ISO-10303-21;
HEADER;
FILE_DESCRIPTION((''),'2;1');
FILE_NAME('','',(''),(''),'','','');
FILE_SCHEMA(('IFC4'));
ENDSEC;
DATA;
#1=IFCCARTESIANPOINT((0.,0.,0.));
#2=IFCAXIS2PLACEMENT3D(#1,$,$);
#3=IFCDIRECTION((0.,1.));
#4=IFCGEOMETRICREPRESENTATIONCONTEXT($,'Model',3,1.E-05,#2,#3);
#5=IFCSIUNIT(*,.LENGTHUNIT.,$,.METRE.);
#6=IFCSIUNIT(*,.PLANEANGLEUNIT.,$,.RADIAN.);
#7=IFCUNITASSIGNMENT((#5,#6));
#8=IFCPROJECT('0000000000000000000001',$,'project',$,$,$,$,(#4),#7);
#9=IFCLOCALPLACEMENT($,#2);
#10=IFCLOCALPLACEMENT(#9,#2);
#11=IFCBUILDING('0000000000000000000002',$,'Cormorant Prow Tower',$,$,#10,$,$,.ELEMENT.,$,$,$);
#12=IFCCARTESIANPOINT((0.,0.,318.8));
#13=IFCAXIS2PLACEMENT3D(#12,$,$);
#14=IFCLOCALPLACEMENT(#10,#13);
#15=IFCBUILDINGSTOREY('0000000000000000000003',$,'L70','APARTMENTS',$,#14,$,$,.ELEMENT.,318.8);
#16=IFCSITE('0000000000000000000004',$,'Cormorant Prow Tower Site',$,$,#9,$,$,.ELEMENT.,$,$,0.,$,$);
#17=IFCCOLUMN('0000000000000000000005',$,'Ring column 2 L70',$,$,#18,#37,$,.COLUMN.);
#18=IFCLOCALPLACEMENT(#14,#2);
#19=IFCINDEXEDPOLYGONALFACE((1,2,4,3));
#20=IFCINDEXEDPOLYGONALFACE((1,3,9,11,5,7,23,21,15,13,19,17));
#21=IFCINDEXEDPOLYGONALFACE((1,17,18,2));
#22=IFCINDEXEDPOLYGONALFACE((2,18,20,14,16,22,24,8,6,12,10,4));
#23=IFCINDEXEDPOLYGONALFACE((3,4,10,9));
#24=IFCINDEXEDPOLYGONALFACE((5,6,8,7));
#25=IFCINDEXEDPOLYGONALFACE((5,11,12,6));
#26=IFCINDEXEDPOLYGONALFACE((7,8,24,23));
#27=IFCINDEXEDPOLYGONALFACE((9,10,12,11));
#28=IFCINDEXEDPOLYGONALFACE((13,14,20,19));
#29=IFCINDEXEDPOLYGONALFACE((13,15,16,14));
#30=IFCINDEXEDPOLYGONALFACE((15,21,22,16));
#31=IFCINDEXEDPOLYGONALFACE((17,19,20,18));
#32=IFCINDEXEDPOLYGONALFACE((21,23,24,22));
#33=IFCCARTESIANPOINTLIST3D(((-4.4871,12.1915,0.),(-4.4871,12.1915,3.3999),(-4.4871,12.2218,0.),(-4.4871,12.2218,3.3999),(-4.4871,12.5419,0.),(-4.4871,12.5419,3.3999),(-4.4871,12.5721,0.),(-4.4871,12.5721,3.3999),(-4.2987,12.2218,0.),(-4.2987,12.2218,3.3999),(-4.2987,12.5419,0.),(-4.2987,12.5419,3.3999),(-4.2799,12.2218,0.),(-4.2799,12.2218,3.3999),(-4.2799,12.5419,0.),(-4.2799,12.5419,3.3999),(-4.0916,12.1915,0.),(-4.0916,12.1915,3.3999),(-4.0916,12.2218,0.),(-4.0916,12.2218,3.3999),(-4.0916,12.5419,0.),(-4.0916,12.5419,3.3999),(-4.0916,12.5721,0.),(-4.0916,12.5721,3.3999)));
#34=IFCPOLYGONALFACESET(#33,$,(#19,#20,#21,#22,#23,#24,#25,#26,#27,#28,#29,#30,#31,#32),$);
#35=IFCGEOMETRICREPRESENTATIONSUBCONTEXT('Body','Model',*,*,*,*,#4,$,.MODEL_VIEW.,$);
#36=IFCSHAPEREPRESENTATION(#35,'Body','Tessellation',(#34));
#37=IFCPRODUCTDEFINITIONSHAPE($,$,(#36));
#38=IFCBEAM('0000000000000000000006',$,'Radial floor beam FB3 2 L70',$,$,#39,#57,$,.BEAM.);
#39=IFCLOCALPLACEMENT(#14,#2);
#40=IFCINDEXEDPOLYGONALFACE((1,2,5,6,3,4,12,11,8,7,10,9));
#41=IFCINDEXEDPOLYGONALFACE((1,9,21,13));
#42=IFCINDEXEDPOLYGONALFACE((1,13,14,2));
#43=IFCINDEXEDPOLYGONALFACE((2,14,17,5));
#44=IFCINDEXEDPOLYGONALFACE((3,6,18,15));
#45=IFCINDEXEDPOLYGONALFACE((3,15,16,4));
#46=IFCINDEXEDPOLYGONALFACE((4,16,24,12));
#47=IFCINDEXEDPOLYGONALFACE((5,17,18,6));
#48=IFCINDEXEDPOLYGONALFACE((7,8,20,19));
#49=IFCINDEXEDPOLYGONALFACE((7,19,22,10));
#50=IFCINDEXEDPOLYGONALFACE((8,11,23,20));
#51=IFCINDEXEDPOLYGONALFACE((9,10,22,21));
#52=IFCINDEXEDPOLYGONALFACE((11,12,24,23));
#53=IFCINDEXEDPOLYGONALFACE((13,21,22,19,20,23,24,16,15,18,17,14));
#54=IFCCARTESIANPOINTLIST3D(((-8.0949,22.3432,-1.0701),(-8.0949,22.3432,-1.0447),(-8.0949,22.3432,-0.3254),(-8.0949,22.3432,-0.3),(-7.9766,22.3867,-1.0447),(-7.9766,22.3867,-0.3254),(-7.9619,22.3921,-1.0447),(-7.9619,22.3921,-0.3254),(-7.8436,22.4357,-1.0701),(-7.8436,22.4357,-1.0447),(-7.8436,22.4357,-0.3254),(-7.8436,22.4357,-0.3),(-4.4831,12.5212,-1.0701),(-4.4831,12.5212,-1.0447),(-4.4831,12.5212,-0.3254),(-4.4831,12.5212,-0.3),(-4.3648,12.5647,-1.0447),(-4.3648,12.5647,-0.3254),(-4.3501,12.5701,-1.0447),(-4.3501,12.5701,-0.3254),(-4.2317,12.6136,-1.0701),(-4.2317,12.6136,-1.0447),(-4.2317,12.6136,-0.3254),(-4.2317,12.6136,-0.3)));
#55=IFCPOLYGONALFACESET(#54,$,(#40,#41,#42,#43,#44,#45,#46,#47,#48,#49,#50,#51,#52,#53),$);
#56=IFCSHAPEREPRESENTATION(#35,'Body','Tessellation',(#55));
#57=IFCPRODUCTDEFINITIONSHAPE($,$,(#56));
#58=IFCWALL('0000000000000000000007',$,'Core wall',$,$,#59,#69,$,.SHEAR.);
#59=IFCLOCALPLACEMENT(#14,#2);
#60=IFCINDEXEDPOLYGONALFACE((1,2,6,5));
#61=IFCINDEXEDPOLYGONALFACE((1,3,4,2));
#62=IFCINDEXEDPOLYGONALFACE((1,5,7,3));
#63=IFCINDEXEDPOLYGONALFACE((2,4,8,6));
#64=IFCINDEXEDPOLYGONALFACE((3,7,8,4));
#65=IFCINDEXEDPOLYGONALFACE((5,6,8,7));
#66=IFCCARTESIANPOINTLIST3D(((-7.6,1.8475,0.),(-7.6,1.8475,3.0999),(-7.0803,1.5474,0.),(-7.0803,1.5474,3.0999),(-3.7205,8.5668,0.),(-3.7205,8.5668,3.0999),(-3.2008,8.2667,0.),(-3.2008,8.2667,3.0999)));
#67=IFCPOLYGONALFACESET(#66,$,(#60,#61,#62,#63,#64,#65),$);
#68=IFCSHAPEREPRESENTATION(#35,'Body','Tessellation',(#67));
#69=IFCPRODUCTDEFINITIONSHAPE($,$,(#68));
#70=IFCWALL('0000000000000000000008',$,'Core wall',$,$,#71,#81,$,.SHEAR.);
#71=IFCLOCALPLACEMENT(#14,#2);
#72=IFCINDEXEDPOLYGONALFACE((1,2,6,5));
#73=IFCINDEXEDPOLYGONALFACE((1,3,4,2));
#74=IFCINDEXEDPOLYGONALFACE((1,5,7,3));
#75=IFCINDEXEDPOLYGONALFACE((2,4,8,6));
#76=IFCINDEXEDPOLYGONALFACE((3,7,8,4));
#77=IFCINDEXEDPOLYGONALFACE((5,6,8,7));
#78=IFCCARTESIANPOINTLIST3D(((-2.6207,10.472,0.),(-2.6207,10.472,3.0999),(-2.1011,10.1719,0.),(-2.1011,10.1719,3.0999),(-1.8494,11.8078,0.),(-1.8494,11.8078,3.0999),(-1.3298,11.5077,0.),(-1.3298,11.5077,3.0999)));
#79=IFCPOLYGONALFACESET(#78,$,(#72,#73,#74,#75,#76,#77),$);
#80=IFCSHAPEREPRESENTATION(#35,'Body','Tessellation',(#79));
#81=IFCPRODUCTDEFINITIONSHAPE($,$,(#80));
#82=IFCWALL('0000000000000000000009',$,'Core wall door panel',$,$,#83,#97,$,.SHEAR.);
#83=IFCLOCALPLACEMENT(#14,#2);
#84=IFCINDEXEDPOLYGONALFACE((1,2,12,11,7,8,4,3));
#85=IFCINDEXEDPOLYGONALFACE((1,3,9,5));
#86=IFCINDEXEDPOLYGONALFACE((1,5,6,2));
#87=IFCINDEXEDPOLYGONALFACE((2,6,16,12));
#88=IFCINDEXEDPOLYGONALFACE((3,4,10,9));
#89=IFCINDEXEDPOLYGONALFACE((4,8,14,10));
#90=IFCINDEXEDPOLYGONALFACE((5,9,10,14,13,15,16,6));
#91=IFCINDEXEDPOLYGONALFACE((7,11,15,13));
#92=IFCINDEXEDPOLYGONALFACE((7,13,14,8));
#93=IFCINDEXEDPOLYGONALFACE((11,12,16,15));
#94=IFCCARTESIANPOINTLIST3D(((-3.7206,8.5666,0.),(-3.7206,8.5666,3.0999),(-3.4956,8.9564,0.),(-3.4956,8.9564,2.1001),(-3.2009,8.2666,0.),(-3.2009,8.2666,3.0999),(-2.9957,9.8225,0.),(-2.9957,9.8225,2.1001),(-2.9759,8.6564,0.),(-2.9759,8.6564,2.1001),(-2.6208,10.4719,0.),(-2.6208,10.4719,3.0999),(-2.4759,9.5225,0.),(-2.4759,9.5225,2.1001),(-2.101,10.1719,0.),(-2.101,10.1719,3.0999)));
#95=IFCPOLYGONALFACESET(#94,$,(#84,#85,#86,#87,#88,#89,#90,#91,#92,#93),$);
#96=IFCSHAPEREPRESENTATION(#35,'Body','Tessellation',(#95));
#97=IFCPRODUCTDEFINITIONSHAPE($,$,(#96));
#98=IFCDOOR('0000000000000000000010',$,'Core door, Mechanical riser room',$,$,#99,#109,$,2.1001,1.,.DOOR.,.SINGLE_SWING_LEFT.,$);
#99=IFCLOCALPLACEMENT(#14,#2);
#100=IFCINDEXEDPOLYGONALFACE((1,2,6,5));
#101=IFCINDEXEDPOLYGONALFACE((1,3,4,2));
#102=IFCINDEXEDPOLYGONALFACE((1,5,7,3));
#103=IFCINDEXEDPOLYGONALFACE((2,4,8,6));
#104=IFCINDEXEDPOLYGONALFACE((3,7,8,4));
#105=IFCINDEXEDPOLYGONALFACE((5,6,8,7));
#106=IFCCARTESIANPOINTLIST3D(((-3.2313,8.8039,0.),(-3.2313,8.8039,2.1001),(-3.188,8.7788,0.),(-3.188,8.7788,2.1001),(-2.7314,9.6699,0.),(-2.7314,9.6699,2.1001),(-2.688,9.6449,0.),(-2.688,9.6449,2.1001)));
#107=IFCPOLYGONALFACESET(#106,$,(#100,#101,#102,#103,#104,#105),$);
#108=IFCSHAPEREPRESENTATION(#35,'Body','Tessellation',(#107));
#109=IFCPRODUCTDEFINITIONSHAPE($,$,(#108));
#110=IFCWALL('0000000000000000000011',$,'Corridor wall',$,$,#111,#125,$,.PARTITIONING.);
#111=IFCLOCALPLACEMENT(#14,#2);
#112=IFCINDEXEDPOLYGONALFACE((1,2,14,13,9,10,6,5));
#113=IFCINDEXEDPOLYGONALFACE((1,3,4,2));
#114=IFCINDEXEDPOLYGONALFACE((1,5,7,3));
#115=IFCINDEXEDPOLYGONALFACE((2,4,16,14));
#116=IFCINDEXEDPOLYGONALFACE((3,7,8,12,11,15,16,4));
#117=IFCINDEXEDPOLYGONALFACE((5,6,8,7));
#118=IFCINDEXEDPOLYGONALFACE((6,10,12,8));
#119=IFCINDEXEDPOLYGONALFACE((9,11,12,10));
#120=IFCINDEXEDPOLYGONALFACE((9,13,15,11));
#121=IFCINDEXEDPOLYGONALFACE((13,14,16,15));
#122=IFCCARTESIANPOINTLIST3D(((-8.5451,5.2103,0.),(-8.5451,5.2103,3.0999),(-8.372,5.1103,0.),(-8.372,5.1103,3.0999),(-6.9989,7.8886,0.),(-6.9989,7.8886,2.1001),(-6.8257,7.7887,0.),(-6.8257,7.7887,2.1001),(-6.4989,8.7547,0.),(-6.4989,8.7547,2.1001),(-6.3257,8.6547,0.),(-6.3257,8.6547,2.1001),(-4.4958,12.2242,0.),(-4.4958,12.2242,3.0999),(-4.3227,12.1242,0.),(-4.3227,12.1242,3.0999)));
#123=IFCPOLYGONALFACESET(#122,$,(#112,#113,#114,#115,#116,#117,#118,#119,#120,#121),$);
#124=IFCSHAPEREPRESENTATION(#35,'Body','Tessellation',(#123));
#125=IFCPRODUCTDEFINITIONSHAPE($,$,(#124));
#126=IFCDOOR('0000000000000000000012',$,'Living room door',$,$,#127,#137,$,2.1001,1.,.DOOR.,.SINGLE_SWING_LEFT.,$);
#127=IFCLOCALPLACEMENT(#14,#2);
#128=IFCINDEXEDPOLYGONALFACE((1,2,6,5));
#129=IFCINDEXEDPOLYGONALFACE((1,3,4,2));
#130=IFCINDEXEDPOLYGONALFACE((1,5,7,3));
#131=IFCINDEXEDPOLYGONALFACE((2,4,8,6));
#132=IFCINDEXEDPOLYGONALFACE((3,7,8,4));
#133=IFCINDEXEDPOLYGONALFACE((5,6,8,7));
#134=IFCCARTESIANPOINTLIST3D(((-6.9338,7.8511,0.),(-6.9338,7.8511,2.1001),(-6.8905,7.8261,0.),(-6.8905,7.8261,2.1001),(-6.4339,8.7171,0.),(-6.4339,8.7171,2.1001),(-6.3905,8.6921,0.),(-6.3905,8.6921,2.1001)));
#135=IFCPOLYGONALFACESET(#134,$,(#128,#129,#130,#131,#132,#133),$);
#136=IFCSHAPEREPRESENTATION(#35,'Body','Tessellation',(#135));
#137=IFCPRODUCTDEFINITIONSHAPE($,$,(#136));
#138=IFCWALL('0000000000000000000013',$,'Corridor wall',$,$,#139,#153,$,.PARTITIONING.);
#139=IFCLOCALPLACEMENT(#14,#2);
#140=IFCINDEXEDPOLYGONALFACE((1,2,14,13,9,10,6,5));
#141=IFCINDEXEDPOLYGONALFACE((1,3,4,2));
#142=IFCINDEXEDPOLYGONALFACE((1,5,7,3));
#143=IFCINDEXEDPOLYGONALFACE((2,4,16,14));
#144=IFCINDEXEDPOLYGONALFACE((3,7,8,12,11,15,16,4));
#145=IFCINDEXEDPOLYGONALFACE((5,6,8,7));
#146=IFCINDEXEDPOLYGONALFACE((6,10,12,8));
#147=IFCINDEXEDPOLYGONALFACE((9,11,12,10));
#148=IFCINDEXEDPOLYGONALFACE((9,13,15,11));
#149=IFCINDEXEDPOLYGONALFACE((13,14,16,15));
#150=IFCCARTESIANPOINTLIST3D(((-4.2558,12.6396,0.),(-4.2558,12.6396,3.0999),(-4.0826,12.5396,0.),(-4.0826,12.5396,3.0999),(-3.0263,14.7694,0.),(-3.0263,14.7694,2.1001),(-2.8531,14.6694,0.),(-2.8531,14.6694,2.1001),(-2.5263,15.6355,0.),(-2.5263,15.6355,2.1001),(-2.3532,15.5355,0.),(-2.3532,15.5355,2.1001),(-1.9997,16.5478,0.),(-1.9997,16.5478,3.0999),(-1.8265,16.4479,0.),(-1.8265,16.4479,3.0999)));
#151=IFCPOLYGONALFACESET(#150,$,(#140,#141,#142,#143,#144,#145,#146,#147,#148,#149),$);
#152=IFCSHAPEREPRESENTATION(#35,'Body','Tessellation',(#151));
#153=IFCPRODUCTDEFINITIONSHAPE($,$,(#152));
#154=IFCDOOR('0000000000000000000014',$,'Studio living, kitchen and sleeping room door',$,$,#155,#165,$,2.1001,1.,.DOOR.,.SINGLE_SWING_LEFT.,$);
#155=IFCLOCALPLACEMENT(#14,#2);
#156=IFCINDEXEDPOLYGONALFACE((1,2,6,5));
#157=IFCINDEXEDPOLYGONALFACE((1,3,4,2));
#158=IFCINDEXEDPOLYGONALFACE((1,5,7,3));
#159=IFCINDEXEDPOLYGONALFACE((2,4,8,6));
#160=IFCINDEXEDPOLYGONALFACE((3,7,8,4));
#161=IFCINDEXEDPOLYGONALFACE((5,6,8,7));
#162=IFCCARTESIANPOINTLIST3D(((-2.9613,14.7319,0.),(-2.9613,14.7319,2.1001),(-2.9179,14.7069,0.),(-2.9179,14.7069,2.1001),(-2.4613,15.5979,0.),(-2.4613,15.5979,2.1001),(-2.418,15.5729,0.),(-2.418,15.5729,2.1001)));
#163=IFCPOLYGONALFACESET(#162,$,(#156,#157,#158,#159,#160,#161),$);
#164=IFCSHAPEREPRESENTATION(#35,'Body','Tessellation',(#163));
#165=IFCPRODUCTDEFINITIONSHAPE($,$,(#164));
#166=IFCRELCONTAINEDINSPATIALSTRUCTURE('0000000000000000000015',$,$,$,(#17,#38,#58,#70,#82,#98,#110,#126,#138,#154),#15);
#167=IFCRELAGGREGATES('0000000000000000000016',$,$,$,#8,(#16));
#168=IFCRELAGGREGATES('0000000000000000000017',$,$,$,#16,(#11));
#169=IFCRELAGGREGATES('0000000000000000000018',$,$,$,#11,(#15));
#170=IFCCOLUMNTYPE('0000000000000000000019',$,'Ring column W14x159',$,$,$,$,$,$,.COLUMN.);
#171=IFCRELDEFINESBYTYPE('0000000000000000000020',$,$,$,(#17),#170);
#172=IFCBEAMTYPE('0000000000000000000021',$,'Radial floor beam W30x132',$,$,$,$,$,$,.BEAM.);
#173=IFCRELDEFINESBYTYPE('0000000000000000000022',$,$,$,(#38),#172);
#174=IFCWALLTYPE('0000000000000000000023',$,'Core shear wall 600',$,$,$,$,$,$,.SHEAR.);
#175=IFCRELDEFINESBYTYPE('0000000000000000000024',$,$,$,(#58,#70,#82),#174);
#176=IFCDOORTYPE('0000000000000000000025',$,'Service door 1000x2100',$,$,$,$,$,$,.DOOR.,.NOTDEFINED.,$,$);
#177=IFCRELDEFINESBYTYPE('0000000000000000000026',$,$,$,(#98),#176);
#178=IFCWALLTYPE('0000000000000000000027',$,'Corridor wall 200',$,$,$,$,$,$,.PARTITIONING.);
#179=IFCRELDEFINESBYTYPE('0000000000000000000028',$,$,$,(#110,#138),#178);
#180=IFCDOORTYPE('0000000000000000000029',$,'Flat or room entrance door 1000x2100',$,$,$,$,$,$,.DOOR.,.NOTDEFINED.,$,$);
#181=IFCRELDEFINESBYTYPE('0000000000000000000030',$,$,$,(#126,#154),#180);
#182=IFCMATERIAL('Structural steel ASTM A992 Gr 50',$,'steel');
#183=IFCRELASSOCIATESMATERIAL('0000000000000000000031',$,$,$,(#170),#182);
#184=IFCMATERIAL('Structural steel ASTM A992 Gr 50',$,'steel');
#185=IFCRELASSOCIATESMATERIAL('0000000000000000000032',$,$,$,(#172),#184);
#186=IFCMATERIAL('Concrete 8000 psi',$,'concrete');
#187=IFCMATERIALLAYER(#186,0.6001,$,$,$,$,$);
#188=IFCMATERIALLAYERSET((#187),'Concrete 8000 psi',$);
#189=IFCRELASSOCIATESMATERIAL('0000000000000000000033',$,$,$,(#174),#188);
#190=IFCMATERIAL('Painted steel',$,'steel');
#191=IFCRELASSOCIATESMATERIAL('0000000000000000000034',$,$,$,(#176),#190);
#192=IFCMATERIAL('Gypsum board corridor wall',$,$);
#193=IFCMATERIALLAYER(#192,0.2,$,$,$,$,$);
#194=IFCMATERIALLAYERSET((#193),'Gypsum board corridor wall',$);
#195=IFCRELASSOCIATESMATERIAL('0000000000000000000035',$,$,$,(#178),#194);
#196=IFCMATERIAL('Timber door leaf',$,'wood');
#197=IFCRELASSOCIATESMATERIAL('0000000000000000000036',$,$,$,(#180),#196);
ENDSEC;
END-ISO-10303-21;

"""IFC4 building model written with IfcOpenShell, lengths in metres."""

from ifc_helpers import new_model, si_unit, direction, frame, frame_2d, origin, origin_2d, place, context, subcontext, project, spatial, rectangle, i_section, extrude, material, layer, layer_set, material_profile, profile_set, type_object, element, fill, save


model = new_model("IFC4")

# Units and contexts
model_context = context("Model", 3, precision=1e-05, world=origin(), true_north=direction((0.0, 1.0)))
body_context = subcontext(model_context, "Body", "Model", "MODEL_VIEW")
ifc_project = project(units=[si_unit("LENGTHUNIT", "METRE"), si_unit("PLANEANGLEUNIT", "RADIAN")], contexts=[model_context])

# Site, building, storey
site_placement = place(None, origin())
site = spatial("IfcSite", under=ifc_project, at=site_placement, Name="Cormorant Prow Tower Site", CompositionType="ELEMENT", RefElevation=0.0)
building_placement = place(site_placement, origin())
building = spatial("IfcBuilding", under=site, at=building_placement, Name="Cormorant Prow Tower", CompositionType="ELEMENT")
storey_placement = place(building_placement, frame((0.0, 0.0, 318.8)))
storey = spatial("IfcBuildingStorey", under=building, at=storey_placement, Name="L70", Description="APARTMENTS", CompositionType="ELEMENT", Elevation=318.8)

# Column
ifc_material_1 = material(Name="Structural steel ASTM A992 Gr 50", Category="steel")
ifc_material_profile_1 = material_profile(ifc_material_1, i_section(OverallWidth=0.3955, OverallDepth=0.3806, WebThickness=0.0188, FlangeThickness=0.0303, at=origin_2d()), Name="W14x159")
ifc_profile_set_1 = profile_set([ifc_material_profile_1], Name="Structural steel ASTM A992 Gr 50")
column_type = type_object("IfcColumnType", Name="Ring column W14x159", PredefinedType="COLUMN", material=ifc_profile_set_1)
column_placement = place(storey_placement, frame((-4.2893, 12.3818, 0.0), z_axis=(0.0, 0.0, 1.0), x_axis=(1.0, 0.0, 0.0)))
element("IfcColumn", 1, at=column_placement, inside=storey, type_object=column_type, Name="Ring column 2 L70", PredefinedType="COLUMN", context=body_context, shape_type="SweptSolid", body=[
    extrude(i_section(OverallWidth=0.3955, OverallDepth=0.3806, WebThickness=0.0188, FlangeThickness=0.0303, at=origin_2d()), origin(), (0.0, 0.0, 1.0), 3.3999),
])

# Beam
ifc_material_2 = material(Name="Structural steel ASTM A992 Gr 50", Category="steel")
ifc_material_profile_2 = material_profile(ifc_material_2, i_section(OverallWidth=0.2678, OverallDepth=0.77, WebThickness=0.0156, FlangeThickness=0.0254, at=origin_2d()), Name="W30x132")
ifc_profile_set_2 = profile_set([ifc_material_profile_2], Name="Structural steel ASTM A992 Gr 50")
beam_type = type_object("IfcBeamType", Name="Radial floor beam W30x132", PredefinedType="BEAM", material=ifc_profile_set_2)
beam_placement = place(storey_placement, frame((-4.3574, 12.5674, -0.6851), z_axis=(-0.345131, 0.938554, 0.0), x_axis=(-0.938554, -0.345131, 0.0)))
element("IfcBeam", 2, at=beam_placement, inside=storey, type_object=beam_type, Name="Radial floor beam FB3 2 L70", PredefinedType="BEAM", context=body_context, shape_type="SweptSolid", body=[
    extrude(i_section(OverallWidth=0.2678, OverallDepth=0.77, WebThickness=0.0156, FlangeThickness=0.0254, at=origin_2d()), origin(), (0.0, 0.0, 1.0), 10.4651),
])

# Walls
ifc_material_3 = material(Name="Concrete 8000 psi", Category="concrete")
ifc_layer_1 = layer(ifc_material_3, 0.6001)
ifc_layer_set_1 = layer_set([ifc_layer_1], Name="Concrete 8000 psi")
wall_type_1 = type_object("IfcWallType", Name="Core shear wall 600", PredefinedType="SHEAR", material=ifc_layer_set_1)
wall_1_placement = place(storey_placement, frame((-3.4607, 8.4167, 0.0), z_axis=(0.0, 0.0, 1.0), x_axis=(-0.500004, -0.866023, 0.0)))
element("IfcWall", 3, at=wall_1_placement, inside=storey, type_object=wall_type_1, Name="Core wall", PredefinedType="SHEAR", context=body_context, shape_type="SweptSolid", body=[
    extrude(rectangle(XDim=7.7588, YDim=0.6001, at=frame_2d((3.8794, 0.0))), origin(), (0.0, 0.0, 1.0), 3.0999),
])
wall_2_placement = place(storey_placement, frame((-1.5896, 11.6577, 0.0), z_axis=(0.0, 0.0, 1.0), x_axis=(-0.500038, -0.866004, 0.0)))
element("IfcWall", 4, at=wall_2_placement, inside=storey, type_object=wall_type_1, Name="Core wall", PredefinedType="SHEAR", context=body_context, shape_type="SweptSolid", body=[
    extrude(rectangle(XDim=1.5425, YDim=0.6001, at=frame_2d((0.7712, 0.0))), origin(), (0.0, 0.0, 1.0), 3.0999),
])

# Walls, openings, doors
wall_3_placement = place(storey_placement, frame((-2.3608, 10.322, 0.0), z_axis=(0.0, 0.0, 1.0), x_axis=(-0.499947, -0.866056, 0.0)))
wall_3 = element("IfcWall", 5, at=wall_3_placement, inside=storey, type_object=wall_type_1, Name="Core wall door panel", PredefinedType="SHEAR", context=body_context, shape_type="SweptSolid", body=[
    extrude(rectangle(XDim=2.2, YDim=0.6001, at=frame_2d((1.1001, 0.0))), origin(), (0.0, 0.0, 1.0), 3.0999),
])
opening_1_placement = place(wall_3_placement, frame((0.75, 0.0, 0.0)))
opening_1 = element("IfcOpeningElement", 6, at=opening_1_placement, cuts=wall_3, PredefinedType="OPENING", context=body_context, shape_type="SweptSolid", body=[
    extrude(rectangle(XDim=1.0, YDim=2.1001, at=frame_2d((0.5, 1.05))), frame((0.0, 0.3101, 0.0), z_axis=(0.0, -1.0, 0.0), x_axis=(1.0, 0.0, 0.0)), (0.0, 0.0, 1.0), 0.6201),
])
ifc_material_4 = material(Name="Painted steel", Category="steel")
door_type_1 = type_object("IfcDoorType", Name="Service door 1000x2100", OperationType="NOTDEFINED", PredefinedType="DOOR", material=ifc_material_4)
door_1_placement = place(opening_1_placement, origin())
door_1 = element("IfcDoor", 7, at=door_1_placement, inside=storey, type_object=door_type_1, Name="Core door, Mechanical riser room", OperationType="SINGLE_SWING_LEFT", OverallHeight=2.1001, OverallWidth=1.0, PredefinedType="DOOR", context=body_context, shape_type="SweptSolid", body=[
    extrude(rectangle(XDim=1.0, YDim=2.1001, at=frame_2d((0.5, 1.05))), frame((0.0, 0.0552, 0.0), z_axis=(0.0, -1.0, 0.0), x_axis=(1.0, 0.0, 0.0)), (0.0, 0.0, 1.0), 0.05),
])
fill(opening_1, door_1)
ifc_material_5 = material(Name="Gypsum board corridor wall")
ifc_layer_2 = layer(ifc_material_5, 0.2)
ifc_layer_set_2 = layer_set([ifc_layer_2], Name="Gypsum board corridor wall")
wall_type_2 = type_object("IfcWallType", Name="Corridor wall 200", PredefinedType="PARTITIONING", material=ifc_layer_set_2)
wall_4_placement = place(storey_placement, frame((-8.4585, 5.1604, 0.0), z_axis=(0.0, 0.0, 1.0), x_axis=(0.499984, 0.866034, 0.0)))
wall_4 = element("IfcWall", 8, at=wall_4_placement, inside=storey, type_object=wall_type_2, Name="Corridor wall", PredefinedType="PARTITIONING", context=body_context, shape_type="SweptSolid", body=[
    extrude(rectangle(XDim=8.0989, YDim=0.2, at=frame_2d((4.0493, 0.0))), origin(), (0.0, 0.0, 1.0), 3.0999),
])
opening_2_placement = place(wall_4_placement, frame((3.0925, 0.0, 0.0)))
opening_2 = element("IfcOpeningElement", 9, at=opening_2_placement, cuts=wall_4, PredefinedType="OPENING", context=body_context, shape_type="SweptSolid", body=[
    extrude(rectangle(XDim=1.0, YDim=2.1001, at=frame_2d((0.5, 1.05))), frame((0.0, 0.1099, 0.0), z_axis=(0.0, -1.0, 0.0), x_axis=(1.0, 0.0, 0.0)), (0.0, 0.0, 1.0), 0.22),
])
ifc_material_6 = material(Name="Timber door leaf", Category="wood")
door_type_2 = type_object("IfcDoorType", Name="Flat or room entrance door 1000x2100", OperationType="NOTDEFINED", PredefinedType="DOOR", material=ifc_material_6)
door_2_placement = place(opening_2_placement, origin())
door_2 = element("IfcDoor", 10, at=door_2_placement, inside=storey, type_object=door_type_2, Name="Living room door", OperationType="SINGLE_SWING_LEFT", OverallHeight=2.1001, OverallWidth=1.0, PredefinedType="DOOR", context=body_context, shape_type="SweptSolid", body=[
    extrude(rectangle(XDim=1.0, YDim=2.1001, at=frame_2d((0.5, 1.05))), frame((0.0, 0.0249, 0.0), z_axis=(0.0, -1.0, 0.0), x_axis=(1.0, 0.0, 0.0)), (0.0, 0.0, 1.0), 0.05),
])
fill(opening_2, door_2)
wall_5_placement = place(storey_placement, frame((-4.1692, 12.5896, 0.0), z_axis=(0.0, 0.0, 1.0), x_axis=(0.49995, 0.866054, 0.0)))
wall_5 = element("IfcWall", 11, at=wall_5_placement, inside=storey, type_object=wall_type_2, Name="Corridor wall", PredefinedType="PARTITIONING", context=body_context, shape_type="SweptSolid", body=[
    extrude(rectangle(XDim=4.5127, YDim=0.2, at=frame_2d((2.2563, 0.0))), origin(), (0.0, 0.0, 1.0), 3.0999),
])
opening_3_placement = place(wall_5_placement, frame((2.4592, 0.0, 0.0)))
opening_3 = element("IfcOpeningElement", 12, at=opening_3_placement, cuts=wall_5, PredefinedType="OPENING", context=body_context, shape_type="SweptSolid", body=[
    extrude(rectangle(XDim=1.0, YDim=2.1001, at=frame_2d((0.5, 1.05))), frame((0.0, 0.1099, 0.0), z_axis=(0.0, -1.0, 0.0), x_axis=(1.0, 0.0, 0.0)), (0.0, 0.0, 1.0), 0.22),
])
door_3_placement = place(opening_3_placement, origin())
door_3 = element("IfcDoor", 13, at=door_3_placement, inside=storey, type_object=door_type_2, Name="Studio living, kitchen and sleeping room door", OperationType="SINGLE_SWING_LEFT", OverallHeight=2.1001, OverallWidth=1.0, PredefinedType="DOOR", context=body_context, shape_type="SweptSolid", body=[
    extrude(rectangle(XDim=1.0, YDim=2.1001, at=frame_2d((0.5, 1.05))), frame((0.0, 0.0249, 0.0), z_axis=(0.0, -1.0, 0.0), x_axis=(1.0, 0.0, 0.0)), (0.0, 0.0, 1.0), 0.05),
])
fill(opening_3, door_3)

save(model, "model.ifc")
